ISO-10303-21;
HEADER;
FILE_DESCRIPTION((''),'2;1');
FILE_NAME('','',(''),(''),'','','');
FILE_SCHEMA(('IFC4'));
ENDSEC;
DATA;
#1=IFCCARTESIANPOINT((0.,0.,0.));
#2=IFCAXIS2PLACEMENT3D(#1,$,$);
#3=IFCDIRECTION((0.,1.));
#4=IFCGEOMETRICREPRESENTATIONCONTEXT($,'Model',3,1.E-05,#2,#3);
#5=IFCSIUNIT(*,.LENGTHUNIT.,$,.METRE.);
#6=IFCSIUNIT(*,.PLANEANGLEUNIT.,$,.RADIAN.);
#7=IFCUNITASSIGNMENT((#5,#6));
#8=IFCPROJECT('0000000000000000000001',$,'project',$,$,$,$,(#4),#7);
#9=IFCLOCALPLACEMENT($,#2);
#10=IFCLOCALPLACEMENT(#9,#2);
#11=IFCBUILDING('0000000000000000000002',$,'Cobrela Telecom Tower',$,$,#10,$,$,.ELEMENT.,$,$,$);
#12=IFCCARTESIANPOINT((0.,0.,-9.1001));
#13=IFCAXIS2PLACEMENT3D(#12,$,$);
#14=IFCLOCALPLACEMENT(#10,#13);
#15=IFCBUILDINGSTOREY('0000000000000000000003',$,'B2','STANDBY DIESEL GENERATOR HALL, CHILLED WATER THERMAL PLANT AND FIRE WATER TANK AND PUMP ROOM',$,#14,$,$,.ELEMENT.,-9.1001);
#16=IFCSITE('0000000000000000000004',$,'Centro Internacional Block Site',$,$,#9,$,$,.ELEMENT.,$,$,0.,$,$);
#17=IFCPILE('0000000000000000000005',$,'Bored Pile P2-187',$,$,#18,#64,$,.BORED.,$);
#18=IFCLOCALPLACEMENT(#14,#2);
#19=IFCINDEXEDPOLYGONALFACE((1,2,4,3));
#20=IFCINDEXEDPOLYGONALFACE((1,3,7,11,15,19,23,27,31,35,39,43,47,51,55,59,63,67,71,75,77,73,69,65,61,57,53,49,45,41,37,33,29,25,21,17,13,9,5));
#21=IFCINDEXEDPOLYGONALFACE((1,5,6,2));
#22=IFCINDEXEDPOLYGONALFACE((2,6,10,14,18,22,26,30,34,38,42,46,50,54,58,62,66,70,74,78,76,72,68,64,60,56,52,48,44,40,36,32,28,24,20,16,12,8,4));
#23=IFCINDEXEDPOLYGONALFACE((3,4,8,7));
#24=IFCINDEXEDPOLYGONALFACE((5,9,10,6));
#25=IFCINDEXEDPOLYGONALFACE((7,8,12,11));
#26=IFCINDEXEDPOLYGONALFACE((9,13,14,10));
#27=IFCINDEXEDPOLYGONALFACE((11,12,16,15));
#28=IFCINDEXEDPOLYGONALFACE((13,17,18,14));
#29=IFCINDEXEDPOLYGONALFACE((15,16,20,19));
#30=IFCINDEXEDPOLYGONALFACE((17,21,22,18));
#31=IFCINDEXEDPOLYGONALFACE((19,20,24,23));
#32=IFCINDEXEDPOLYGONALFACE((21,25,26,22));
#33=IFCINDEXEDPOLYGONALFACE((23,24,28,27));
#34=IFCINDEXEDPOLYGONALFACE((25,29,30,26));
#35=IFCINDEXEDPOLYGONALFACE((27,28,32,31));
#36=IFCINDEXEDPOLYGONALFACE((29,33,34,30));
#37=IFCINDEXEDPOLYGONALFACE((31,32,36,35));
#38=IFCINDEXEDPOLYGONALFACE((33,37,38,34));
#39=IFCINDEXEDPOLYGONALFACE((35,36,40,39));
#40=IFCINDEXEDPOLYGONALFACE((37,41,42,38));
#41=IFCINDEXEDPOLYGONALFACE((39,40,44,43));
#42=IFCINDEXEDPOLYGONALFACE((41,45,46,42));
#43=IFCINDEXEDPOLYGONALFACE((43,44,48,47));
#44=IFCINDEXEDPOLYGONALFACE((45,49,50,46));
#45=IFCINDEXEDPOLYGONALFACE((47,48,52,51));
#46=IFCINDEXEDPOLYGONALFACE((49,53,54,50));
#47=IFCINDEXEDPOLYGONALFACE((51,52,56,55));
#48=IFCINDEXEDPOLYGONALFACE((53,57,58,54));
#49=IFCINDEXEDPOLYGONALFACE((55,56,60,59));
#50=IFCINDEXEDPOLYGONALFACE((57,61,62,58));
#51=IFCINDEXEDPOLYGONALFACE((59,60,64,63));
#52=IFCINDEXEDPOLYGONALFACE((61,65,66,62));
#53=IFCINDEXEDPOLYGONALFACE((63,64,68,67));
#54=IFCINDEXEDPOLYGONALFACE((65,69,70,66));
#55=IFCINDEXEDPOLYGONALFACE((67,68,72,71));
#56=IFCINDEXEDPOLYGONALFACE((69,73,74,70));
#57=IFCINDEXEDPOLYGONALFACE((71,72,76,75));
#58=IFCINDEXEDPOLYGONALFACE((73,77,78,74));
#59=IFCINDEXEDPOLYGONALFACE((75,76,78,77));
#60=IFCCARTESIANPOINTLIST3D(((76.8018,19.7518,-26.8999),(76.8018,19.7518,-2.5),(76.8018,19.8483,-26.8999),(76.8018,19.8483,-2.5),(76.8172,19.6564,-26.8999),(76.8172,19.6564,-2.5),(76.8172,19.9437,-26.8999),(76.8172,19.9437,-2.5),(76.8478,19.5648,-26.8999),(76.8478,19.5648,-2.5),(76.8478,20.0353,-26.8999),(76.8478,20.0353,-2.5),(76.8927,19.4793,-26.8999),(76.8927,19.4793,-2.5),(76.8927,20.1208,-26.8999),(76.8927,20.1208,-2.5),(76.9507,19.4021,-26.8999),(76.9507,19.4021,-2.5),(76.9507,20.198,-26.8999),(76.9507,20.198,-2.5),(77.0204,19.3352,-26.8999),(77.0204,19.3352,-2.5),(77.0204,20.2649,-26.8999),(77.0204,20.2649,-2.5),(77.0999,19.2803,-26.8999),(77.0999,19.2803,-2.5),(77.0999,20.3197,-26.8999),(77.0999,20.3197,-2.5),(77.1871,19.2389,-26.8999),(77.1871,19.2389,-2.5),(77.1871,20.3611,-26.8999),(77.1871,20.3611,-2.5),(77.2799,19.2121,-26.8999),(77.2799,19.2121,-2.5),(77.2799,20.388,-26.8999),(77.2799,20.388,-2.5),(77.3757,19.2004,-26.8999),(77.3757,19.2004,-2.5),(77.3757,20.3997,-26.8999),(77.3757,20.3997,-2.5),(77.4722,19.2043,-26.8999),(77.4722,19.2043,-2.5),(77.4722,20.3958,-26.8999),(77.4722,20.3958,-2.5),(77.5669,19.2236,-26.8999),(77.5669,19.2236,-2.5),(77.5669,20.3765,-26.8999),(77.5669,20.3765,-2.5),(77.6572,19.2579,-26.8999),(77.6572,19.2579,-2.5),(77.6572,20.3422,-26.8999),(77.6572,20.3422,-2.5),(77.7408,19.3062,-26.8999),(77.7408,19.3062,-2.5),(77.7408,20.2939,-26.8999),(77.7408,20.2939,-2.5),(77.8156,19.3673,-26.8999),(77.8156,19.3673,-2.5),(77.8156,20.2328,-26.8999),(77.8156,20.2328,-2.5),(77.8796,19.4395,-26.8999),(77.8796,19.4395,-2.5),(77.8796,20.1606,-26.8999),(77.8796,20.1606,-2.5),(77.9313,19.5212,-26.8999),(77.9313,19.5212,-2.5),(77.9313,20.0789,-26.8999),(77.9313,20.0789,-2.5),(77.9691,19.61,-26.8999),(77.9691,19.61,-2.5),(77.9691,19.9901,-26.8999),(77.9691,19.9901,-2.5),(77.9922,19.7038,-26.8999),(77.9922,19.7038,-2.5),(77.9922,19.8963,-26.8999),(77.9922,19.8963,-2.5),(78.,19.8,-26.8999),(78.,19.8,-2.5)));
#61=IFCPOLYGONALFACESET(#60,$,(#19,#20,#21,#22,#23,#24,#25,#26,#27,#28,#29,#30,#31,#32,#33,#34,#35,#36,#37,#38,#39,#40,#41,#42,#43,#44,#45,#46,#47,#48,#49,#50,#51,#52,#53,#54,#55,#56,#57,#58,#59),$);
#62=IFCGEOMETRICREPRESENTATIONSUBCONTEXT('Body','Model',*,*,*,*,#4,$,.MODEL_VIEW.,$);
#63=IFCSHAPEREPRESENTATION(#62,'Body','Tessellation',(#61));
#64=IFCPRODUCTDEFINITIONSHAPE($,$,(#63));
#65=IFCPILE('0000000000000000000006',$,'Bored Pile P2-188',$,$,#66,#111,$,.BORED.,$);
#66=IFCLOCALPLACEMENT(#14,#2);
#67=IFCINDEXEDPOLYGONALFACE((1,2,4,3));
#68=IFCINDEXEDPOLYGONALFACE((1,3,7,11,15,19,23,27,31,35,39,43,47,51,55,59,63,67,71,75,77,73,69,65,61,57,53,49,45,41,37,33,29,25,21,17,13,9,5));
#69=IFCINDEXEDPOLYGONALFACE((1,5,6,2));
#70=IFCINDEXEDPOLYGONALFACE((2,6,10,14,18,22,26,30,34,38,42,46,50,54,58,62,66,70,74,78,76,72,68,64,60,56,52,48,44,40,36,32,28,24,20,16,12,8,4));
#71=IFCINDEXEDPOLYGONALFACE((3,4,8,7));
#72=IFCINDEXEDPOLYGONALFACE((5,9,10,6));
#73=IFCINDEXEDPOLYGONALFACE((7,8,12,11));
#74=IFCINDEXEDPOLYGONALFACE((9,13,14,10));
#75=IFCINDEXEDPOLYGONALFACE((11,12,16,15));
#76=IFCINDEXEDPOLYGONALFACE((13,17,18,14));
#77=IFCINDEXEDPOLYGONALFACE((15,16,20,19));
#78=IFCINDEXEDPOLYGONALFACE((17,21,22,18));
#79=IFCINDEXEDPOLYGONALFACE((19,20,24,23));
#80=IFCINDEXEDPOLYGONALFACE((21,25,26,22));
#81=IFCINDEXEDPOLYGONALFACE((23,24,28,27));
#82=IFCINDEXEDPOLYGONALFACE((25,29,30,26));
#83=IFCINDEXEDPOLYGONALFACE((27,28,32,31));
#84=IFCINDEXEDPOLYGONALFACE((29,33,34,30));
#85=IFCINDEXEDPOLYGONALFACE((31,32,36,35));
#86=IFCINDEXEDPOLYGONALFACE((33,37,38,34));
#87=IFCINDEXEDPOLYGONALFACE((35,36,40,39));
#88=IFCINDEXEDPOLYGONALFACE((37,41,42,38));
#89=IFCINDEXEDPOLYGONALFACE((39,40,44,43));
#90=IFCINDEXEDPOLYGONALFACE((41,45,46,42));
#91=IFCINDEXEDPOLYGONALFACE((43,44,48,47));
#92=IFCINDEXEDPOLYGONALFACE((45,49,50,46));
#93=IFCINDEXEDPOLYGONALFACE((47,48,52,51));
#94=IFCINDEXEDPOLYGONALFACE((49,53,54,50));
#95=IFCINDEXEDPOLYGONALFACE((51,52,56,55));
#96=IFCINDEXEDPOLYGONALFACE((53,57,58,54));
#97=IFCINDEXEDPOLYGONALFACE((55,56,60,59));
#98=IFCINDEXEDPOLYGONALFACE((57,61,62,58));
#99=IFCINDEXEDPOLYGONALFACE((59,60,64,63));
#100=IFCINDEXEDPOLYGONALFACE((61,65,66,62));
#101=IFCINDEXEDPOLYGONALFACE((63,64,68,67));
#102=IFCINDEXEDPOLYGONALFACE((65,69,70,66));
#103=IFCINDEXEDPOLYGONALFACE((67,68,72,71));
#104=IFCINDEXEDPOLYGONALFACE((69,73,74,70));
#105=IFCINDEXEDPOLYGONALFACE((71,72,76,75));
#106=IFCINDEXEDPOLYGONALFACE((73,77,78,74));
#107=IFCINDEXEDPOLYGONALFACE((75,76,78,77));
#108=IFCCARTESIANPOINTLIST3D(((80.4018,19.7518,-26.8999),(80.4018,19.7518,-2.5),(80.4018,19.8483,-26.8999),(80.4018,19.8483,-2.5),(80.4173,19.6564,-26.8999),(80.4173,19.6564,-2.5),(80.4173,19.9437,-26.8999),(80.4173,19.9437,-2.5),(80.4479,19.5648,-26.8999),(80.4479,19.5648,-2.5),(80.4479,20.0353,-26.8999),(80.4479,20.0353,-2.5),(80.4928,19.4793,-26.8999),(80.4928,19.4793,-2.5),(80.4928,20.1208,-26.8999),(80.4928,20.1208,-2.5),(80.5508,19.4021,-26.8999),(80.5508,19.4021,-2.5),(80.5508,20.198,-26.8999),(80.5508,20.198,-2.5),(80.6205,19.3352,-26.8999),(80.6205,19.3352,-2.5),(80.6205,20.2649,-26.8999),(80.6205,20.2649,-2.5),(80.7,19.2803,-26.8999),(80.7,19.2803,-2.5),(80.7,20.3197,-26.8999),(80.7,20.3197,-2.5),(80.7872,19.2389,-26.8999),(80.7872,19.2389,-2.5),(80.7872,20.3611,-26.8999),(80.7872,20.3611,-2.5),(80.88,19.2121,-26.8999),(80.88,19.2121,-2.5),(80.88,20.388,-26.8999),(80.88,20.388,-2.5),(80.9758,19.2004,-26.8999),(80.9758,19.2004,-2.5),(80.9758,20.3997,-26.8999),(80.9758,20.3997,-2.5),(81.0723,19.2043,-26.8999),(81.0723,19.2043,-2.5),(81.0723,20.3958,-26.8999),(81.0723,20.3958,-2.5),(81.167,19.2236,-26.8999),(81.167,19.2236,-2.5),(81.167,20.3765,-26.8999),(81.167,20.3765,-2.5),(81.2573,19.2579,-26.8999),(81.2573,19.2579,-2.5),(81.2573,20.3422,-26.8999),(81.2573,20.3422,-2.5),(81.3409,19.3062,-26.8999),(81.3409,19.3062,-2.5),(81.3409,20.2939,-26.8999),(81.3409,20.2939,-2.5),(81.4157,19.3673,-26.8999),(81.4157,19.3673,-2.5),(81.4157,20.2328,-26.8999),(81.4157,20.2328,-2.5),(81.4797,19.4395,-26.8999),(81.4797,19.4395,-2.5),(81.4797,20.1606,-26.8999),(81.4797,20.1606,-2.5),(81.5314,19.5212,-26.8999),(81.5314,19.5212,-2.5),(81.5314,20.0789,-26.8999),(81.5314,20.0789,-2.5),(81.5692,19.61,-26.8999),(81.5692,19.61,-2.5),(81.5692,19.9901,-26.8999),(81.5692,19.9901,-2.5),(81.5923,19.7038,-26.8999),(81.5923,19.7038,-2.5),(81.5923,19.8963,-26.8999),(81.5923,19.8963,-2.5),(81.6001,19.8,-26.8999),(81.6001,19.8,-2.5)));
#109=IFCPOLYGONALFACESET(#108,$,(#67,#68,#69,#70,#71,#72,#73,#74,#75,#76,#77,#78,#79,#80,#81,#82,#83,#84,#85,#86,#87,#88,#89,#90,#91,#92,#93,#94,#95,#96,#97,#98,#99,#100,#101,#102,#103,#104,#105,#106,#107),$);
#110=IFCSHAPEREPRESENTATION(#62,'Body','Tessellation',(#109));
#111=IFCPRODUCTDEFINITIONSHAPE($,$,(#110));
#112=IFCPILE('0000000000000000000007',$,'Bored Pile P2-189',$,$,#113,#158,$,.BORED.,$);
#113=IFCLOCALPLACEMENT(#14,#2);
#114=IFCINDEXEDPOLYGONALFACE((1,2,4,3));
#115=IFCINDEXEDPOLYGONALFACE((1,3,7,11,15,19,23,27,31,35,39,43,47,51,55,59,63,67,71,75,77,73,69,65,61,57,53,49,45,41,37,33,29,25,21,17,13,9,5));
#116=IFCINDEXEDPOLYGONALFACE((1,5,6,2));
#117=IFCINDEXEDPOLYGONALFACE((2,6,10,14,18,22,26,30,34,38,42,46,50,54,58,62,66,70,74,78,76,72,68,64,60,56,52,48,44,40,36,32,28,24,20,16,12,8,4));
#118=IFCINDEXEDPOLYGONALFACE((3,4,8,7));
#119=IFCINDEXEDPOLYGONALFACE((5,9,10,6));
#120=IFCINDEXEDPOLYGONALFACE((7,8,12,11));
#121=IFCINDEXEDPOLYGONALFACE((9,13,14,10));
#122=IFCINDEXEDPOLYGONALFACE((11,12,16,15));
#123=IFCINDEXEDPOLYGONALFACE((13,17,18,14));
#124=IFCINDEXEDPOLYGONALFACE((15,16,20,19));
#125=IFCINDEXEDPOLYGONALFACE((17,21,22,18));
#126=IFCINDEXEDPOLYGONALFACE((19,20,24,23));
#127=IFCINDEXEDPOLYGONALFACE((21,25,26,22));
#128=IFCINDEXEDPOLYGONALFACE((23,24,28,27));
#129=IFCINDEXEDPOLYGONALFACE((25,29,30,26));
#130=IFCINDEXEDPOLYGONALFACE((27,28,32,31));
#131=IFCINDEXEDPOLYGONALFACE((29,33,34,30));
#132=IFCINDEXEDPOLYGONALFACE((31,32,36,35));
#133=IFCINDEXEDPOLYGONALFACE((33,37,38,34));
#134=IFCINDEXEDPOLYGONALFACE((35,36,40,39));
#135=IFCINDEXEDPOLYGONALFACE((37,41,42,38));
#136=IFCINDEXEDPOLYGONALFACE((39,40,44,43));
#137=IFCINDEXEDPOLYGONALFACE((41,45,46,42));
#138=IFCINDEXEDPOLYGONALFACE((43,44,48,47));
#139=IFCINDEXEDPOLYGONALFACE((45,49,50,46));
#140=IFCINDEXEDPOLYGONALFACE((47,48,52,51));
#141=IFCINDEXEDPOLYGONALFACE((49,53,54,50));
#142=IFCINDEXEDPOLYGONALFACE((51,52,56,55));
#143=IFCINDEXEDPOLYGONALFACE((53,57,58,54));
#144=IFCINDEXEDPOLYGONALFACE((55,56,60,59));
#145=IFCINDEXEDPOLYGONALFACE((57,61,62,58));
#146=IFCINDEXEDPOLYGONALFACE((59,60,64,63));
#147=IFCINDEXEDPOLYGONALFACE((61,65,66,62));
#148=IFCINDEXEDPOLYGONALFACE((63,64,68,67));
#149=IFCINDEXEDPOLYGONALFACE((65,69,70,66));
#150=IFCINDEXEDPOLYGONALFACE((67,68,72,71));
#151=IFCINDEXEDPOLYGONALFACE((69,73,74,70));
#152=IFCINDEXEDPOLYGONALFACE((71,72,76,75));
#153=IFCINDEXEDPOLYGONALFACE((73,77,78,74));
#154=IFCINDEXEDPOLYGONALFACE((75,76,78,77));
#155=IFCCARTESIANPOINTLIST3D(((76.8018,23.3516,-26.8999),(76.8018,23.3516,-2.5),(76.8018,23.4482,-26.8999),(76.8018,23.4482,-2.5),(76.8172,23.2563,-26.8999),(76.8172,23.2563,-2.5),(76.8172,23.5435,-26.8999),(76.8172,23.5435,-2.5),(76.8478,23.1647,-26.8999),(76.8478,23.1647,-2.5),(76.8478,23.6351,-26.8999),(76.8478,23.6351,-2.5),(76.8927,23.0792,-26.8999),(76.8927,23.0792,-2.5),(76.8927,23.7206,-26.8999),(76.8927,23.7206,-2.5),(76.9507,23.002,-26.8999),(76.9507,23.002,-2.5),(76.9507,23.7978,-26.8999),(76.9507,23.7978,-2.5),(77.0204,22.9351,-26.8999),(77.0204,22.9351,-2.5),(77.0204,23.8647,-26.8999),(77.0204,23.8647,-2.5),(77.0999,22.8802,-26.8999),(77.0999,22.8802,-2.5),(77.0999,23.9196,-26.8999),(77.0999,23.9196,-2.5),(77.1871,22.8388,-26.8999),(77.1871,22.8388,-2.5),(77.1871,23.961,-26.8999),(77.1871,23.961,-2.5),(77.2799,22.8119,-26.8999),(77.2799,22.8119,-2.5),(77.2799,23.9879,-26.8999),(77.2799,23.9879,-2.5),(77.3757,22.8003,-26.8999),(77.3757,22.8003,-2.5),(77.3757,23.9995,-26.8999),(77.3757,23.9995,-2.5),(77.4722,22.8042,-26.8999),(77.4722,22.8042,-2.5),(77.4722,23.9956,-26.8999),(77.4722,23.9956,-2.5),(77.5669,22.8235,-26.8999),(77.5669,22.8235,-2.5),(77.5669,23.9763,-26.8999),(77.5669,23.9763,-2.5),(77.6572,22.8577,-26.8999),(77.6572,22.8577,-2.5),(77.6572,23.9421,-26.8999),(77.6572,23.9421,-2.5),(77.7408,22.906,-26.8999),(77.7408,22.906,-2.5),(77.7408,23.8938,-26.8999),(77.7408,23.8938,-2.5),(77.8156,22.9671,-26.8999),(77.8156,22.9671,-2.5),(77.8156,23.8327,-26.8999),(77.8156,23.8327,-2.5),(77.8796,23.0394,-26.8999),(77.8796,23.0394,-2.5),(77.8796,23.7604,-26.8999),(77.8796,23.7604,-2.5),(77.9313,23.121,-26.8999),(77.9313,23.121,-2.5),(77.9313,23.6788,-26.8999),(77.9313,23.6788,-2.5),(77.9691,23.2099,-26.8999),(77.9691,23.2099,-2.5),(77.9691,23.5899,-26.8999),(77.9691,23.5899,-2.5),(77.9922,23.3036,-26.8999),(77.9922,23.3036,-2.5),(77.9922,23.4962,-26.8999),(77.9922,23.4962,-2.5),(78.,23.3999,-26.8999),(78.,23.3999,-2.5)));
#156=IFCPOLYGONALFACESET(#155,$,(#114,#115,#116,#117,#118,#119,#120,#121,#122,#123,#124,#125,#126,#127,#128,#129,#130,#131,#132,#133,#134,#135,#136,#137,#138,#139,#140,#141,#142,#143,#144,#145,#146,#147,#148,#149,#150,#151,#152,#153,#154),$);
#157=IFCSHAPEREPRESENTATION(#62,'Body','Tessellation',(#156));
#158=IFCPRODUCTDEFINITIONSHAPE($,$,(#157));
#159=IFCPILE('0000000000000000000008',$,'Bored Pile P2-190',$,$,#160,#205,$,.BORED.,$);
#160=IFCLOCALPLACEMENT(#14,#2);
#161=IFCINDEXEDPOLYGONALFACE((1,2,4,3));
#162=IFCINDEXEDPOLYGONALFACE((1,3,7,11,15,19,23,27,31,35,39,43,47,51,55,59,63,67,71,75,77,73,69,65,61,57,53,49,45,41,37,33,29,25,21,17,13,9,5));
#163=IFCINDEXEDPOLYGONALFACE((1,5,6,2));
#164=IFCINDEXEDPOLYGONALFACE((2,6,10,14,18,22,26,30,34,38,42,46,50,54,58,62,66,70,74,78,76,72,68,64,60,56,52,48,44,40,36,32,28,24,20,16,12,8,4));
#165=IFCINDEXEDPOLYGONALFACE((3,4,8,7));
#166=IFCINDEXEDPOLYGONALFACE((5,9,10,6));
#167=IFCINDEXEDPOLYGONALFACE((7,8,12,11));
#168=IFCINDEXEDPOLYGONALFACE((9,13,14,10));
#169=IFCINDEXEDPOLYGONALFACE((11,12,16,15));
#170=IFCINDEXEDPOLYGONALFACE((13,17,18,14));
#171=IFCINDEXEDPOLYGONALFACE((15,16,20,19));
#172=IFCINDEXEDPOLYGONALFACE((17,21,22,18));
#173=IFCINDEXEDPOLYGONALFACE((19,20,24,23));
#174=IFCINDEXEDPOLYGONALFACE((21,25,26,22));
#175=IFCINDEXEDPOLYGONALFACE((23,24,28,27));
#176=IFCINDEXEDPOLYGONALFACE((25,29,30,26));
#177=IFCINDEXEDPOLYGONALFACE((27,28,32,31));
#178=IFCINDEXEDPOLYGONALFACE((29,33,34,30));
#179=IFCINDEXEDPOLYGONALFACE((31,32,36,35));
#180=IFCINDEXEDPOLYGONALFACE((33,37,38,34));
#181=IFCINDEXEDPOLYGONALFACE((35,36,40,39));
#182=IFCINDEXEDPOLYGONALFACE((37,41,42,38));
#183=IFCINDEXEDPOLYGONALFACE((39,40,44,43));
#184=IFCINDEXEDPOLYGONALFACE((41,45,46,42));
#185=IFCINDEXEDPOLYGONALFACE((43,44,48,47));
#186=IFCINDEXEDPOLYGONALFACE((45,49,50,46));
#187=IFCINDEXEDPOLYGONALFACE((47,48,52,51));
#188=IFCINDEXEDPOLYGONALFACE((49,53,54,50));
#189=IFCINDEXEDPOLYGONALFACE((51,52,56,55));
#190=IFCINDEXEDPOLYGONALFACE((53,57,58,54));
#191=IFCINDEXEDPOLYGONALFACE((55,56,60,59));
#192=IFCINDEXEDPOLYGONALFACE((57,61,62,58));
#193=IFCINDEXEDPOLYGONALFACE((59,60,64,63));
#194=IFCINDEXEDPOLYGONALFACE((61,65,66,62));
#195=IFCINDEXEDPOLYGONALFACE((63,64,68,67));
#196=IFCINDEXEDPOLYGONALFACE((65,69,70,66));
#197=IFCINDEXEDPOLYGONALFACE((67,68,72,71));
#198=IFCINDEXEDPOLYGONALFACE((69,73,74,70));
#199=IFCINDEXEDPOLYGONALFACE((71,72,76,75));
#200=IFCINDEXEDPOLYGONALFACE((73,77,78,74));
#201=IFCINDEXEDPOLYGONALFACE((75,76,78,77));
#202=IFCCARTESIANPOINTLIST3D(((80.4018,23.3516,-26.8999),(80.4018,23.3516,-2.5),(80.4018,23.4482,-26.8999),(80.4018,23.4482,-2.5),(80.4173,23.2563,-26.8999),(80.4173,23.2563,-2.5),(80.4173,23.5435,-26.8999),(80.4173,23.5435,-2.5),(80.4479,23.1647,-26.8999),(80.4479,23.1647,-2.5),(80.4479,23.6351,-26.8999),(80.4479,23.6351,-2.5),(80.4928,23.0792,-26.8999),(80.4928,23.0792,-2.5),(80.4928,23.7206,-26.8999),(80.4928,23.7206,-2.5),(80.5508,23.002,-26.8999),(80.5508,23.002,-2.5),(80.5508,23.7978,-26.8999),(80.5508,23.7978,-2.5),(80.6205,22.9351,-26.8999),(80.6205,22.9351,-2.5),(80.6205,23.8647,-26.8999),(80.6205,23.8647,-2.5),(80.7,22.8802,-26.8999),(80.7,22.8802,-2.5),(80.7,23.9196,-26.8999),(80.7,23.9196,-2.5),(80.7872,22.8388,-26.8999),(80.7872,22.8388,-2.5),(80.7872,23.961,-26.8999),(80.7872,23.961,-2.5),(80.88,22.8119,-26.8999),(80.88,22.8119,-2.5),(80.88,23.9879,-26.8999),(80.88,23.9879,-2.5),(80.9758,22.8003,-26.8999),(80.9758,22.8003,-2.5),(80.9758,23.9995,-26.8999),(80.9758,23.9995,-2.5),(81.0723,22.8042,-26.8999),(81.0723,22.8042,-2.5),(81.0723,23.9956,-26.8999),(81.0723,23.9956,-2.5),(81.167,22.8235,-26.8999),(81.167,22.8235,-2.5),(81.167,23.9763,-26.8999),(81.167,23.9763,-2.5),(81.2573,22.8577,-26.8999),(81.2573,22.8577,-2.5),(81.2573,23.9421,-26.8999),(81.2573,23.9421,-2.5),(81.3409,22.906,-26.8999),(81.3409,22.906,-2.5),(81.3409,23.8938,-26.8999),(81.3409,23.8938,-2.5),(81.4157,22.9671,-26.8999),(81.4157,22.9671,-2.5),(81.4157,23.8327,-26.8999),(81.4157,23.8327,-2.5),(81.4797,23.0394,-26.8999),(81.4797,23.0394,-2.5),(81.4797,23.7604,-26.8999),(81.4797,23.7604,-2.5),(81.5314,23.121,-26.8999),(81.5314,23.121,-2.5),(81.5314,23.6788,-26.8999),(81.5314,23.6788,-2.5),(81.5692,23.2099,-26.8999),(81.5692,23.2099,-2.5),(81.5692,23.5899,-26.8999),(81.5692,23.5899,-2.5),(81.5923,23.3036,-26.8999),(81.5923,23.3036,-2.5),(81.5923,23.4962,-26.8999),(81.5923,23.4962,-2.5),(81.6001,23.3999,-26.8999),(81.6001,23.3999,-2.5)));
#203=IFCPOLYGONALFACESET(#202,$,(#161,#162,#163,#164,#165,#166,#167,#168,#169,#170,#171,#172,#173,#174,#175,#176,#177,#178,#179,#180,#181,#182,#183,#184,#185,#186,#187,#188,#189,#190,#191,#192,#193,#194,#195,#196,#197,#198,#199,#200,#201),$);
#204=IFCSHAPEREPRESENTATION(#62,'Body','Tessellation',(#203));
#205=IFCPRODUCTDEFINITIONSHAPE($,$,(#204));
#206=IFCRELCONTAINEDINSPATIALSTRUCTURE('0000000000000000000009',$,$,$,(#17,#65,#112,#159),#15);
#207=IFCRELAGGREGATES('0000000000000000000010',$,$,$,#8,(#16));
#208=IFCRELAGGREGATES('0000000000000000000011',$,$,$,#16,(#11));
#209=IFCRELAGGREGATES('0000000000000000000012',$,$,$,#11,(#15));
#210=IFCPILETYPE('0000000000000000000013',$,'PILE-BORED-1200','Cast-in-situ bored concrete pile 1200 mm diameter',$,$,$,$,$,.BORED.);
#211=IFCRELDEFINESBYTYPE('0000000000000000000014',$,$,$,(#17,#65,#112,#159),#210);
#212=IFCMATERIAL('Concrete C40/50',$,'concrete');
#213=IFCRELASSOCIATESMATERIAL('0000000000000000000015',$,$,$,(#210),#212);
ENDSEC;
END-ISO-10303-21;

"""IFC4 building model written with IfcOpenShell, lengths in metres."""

from ifc_helpers import new_model, si_unit, direction, frame, origin, origin_2d, place, context, subcontext, project, spatial, circle, extrude, material, material_profile, profile_set, type_object, element, save


model = new_model("IFC4")

# Units and contexts
model_context = context("Model", 3, precision=1e-05, world=origin(), true_north=direction((0.0, 1.0)))
body_context = subcontext(model_context, "Body", "Model", "MODEL_VIEW")
ifc_project = project(units=[si_unit("LENGTHUNIT", "METRE"), si_unit("PLANEANGLEUNIT", "RADIAN")], contexts=[model_context])

# Site, building, storey
site_placement = place(None, origin())
site = spatial("IfcSite", under=ifc_project, at=site_placement, Name="Centro Internacional Block Site", CompositionType="ELEMENT", RefElevation=0.0)
building_placement = place(site_placement, origin())
building = spatial("IfcBuilding", under=site, at=building_placement, Name="Cobrela Telecom Tower", CompositionType="ELEMENT")
storey_placement = place(building_placement, frame((0.0, 0.0, -9.1001)))
storey = spatial("IfcBuildingStorey", under=building, at=storey_placement, Name="B2", Description="STANDBY DIESEL GENERATOR HALL, CHILLED WATER THERMAL PLANT AND FIRE WATER TANK AND PUMP ROOM", CompositionType="ELEMENT", Elevation=-9.1001)

# Shared definitions
ifc_material_1 = material(Name="Concrete C40/50", Category="concrete")

# Piles
ifc_material_profile_1 = material_profile(ifc_material_1, circle(Radius=0.6001, at=origin_2d()), Name="BORED PILE D1200")
ifc_profile_set_1 = profile_set([ifc_material_profile_1], Name="Concrete C40/50")
pile_type = type_object("IfcPileType", Name="PILE-BORED-1200", Description="Cast-in-situ bored concrete pile 1200 mm diameter", PredefinedType="BORED", material=ifc_profile_set_1)
for number, where, z_axis, x_axis, name in (
    (1, (77.3999, 19.8, -2.5), (0.0, 0.0, -1.0), (1.0, 0.0, 0.0), "Bored Pile P2-187"),
    (2, (81.0, 19.8, -2.5), (0.0, 0.0, -1.0), (1.0, 0.0, 0.0), "Bored Pile P2-188"),
    (3, (77.3999, 23.3999, -2.5), (0.0, 0.0, -1.0), (1.0, 0.0, 0.0), "Bored Pile P2-189"),
    (4, (81.0, 23.3999, -2.5), (0.0, 0.0, -1.0), (1.0, 0.0, 0.0), "Bored Pile P2-190"),
):
    element("IfcPile", number, at=place(storey_placement, frame(where, z_axis=z_axis, x_axis=x_axis)), inside=storey, type_object=pile_type, Name=name, PredefinedType="BORED", context=body_context, shape_type="SweptSolid", body=[
        extrude(circle(Radius=0.6001, at=origin_2d()), origin(), (0.0, 0.0, 1.0), 24.3999),
    ])

save(model, "model.ifc")
